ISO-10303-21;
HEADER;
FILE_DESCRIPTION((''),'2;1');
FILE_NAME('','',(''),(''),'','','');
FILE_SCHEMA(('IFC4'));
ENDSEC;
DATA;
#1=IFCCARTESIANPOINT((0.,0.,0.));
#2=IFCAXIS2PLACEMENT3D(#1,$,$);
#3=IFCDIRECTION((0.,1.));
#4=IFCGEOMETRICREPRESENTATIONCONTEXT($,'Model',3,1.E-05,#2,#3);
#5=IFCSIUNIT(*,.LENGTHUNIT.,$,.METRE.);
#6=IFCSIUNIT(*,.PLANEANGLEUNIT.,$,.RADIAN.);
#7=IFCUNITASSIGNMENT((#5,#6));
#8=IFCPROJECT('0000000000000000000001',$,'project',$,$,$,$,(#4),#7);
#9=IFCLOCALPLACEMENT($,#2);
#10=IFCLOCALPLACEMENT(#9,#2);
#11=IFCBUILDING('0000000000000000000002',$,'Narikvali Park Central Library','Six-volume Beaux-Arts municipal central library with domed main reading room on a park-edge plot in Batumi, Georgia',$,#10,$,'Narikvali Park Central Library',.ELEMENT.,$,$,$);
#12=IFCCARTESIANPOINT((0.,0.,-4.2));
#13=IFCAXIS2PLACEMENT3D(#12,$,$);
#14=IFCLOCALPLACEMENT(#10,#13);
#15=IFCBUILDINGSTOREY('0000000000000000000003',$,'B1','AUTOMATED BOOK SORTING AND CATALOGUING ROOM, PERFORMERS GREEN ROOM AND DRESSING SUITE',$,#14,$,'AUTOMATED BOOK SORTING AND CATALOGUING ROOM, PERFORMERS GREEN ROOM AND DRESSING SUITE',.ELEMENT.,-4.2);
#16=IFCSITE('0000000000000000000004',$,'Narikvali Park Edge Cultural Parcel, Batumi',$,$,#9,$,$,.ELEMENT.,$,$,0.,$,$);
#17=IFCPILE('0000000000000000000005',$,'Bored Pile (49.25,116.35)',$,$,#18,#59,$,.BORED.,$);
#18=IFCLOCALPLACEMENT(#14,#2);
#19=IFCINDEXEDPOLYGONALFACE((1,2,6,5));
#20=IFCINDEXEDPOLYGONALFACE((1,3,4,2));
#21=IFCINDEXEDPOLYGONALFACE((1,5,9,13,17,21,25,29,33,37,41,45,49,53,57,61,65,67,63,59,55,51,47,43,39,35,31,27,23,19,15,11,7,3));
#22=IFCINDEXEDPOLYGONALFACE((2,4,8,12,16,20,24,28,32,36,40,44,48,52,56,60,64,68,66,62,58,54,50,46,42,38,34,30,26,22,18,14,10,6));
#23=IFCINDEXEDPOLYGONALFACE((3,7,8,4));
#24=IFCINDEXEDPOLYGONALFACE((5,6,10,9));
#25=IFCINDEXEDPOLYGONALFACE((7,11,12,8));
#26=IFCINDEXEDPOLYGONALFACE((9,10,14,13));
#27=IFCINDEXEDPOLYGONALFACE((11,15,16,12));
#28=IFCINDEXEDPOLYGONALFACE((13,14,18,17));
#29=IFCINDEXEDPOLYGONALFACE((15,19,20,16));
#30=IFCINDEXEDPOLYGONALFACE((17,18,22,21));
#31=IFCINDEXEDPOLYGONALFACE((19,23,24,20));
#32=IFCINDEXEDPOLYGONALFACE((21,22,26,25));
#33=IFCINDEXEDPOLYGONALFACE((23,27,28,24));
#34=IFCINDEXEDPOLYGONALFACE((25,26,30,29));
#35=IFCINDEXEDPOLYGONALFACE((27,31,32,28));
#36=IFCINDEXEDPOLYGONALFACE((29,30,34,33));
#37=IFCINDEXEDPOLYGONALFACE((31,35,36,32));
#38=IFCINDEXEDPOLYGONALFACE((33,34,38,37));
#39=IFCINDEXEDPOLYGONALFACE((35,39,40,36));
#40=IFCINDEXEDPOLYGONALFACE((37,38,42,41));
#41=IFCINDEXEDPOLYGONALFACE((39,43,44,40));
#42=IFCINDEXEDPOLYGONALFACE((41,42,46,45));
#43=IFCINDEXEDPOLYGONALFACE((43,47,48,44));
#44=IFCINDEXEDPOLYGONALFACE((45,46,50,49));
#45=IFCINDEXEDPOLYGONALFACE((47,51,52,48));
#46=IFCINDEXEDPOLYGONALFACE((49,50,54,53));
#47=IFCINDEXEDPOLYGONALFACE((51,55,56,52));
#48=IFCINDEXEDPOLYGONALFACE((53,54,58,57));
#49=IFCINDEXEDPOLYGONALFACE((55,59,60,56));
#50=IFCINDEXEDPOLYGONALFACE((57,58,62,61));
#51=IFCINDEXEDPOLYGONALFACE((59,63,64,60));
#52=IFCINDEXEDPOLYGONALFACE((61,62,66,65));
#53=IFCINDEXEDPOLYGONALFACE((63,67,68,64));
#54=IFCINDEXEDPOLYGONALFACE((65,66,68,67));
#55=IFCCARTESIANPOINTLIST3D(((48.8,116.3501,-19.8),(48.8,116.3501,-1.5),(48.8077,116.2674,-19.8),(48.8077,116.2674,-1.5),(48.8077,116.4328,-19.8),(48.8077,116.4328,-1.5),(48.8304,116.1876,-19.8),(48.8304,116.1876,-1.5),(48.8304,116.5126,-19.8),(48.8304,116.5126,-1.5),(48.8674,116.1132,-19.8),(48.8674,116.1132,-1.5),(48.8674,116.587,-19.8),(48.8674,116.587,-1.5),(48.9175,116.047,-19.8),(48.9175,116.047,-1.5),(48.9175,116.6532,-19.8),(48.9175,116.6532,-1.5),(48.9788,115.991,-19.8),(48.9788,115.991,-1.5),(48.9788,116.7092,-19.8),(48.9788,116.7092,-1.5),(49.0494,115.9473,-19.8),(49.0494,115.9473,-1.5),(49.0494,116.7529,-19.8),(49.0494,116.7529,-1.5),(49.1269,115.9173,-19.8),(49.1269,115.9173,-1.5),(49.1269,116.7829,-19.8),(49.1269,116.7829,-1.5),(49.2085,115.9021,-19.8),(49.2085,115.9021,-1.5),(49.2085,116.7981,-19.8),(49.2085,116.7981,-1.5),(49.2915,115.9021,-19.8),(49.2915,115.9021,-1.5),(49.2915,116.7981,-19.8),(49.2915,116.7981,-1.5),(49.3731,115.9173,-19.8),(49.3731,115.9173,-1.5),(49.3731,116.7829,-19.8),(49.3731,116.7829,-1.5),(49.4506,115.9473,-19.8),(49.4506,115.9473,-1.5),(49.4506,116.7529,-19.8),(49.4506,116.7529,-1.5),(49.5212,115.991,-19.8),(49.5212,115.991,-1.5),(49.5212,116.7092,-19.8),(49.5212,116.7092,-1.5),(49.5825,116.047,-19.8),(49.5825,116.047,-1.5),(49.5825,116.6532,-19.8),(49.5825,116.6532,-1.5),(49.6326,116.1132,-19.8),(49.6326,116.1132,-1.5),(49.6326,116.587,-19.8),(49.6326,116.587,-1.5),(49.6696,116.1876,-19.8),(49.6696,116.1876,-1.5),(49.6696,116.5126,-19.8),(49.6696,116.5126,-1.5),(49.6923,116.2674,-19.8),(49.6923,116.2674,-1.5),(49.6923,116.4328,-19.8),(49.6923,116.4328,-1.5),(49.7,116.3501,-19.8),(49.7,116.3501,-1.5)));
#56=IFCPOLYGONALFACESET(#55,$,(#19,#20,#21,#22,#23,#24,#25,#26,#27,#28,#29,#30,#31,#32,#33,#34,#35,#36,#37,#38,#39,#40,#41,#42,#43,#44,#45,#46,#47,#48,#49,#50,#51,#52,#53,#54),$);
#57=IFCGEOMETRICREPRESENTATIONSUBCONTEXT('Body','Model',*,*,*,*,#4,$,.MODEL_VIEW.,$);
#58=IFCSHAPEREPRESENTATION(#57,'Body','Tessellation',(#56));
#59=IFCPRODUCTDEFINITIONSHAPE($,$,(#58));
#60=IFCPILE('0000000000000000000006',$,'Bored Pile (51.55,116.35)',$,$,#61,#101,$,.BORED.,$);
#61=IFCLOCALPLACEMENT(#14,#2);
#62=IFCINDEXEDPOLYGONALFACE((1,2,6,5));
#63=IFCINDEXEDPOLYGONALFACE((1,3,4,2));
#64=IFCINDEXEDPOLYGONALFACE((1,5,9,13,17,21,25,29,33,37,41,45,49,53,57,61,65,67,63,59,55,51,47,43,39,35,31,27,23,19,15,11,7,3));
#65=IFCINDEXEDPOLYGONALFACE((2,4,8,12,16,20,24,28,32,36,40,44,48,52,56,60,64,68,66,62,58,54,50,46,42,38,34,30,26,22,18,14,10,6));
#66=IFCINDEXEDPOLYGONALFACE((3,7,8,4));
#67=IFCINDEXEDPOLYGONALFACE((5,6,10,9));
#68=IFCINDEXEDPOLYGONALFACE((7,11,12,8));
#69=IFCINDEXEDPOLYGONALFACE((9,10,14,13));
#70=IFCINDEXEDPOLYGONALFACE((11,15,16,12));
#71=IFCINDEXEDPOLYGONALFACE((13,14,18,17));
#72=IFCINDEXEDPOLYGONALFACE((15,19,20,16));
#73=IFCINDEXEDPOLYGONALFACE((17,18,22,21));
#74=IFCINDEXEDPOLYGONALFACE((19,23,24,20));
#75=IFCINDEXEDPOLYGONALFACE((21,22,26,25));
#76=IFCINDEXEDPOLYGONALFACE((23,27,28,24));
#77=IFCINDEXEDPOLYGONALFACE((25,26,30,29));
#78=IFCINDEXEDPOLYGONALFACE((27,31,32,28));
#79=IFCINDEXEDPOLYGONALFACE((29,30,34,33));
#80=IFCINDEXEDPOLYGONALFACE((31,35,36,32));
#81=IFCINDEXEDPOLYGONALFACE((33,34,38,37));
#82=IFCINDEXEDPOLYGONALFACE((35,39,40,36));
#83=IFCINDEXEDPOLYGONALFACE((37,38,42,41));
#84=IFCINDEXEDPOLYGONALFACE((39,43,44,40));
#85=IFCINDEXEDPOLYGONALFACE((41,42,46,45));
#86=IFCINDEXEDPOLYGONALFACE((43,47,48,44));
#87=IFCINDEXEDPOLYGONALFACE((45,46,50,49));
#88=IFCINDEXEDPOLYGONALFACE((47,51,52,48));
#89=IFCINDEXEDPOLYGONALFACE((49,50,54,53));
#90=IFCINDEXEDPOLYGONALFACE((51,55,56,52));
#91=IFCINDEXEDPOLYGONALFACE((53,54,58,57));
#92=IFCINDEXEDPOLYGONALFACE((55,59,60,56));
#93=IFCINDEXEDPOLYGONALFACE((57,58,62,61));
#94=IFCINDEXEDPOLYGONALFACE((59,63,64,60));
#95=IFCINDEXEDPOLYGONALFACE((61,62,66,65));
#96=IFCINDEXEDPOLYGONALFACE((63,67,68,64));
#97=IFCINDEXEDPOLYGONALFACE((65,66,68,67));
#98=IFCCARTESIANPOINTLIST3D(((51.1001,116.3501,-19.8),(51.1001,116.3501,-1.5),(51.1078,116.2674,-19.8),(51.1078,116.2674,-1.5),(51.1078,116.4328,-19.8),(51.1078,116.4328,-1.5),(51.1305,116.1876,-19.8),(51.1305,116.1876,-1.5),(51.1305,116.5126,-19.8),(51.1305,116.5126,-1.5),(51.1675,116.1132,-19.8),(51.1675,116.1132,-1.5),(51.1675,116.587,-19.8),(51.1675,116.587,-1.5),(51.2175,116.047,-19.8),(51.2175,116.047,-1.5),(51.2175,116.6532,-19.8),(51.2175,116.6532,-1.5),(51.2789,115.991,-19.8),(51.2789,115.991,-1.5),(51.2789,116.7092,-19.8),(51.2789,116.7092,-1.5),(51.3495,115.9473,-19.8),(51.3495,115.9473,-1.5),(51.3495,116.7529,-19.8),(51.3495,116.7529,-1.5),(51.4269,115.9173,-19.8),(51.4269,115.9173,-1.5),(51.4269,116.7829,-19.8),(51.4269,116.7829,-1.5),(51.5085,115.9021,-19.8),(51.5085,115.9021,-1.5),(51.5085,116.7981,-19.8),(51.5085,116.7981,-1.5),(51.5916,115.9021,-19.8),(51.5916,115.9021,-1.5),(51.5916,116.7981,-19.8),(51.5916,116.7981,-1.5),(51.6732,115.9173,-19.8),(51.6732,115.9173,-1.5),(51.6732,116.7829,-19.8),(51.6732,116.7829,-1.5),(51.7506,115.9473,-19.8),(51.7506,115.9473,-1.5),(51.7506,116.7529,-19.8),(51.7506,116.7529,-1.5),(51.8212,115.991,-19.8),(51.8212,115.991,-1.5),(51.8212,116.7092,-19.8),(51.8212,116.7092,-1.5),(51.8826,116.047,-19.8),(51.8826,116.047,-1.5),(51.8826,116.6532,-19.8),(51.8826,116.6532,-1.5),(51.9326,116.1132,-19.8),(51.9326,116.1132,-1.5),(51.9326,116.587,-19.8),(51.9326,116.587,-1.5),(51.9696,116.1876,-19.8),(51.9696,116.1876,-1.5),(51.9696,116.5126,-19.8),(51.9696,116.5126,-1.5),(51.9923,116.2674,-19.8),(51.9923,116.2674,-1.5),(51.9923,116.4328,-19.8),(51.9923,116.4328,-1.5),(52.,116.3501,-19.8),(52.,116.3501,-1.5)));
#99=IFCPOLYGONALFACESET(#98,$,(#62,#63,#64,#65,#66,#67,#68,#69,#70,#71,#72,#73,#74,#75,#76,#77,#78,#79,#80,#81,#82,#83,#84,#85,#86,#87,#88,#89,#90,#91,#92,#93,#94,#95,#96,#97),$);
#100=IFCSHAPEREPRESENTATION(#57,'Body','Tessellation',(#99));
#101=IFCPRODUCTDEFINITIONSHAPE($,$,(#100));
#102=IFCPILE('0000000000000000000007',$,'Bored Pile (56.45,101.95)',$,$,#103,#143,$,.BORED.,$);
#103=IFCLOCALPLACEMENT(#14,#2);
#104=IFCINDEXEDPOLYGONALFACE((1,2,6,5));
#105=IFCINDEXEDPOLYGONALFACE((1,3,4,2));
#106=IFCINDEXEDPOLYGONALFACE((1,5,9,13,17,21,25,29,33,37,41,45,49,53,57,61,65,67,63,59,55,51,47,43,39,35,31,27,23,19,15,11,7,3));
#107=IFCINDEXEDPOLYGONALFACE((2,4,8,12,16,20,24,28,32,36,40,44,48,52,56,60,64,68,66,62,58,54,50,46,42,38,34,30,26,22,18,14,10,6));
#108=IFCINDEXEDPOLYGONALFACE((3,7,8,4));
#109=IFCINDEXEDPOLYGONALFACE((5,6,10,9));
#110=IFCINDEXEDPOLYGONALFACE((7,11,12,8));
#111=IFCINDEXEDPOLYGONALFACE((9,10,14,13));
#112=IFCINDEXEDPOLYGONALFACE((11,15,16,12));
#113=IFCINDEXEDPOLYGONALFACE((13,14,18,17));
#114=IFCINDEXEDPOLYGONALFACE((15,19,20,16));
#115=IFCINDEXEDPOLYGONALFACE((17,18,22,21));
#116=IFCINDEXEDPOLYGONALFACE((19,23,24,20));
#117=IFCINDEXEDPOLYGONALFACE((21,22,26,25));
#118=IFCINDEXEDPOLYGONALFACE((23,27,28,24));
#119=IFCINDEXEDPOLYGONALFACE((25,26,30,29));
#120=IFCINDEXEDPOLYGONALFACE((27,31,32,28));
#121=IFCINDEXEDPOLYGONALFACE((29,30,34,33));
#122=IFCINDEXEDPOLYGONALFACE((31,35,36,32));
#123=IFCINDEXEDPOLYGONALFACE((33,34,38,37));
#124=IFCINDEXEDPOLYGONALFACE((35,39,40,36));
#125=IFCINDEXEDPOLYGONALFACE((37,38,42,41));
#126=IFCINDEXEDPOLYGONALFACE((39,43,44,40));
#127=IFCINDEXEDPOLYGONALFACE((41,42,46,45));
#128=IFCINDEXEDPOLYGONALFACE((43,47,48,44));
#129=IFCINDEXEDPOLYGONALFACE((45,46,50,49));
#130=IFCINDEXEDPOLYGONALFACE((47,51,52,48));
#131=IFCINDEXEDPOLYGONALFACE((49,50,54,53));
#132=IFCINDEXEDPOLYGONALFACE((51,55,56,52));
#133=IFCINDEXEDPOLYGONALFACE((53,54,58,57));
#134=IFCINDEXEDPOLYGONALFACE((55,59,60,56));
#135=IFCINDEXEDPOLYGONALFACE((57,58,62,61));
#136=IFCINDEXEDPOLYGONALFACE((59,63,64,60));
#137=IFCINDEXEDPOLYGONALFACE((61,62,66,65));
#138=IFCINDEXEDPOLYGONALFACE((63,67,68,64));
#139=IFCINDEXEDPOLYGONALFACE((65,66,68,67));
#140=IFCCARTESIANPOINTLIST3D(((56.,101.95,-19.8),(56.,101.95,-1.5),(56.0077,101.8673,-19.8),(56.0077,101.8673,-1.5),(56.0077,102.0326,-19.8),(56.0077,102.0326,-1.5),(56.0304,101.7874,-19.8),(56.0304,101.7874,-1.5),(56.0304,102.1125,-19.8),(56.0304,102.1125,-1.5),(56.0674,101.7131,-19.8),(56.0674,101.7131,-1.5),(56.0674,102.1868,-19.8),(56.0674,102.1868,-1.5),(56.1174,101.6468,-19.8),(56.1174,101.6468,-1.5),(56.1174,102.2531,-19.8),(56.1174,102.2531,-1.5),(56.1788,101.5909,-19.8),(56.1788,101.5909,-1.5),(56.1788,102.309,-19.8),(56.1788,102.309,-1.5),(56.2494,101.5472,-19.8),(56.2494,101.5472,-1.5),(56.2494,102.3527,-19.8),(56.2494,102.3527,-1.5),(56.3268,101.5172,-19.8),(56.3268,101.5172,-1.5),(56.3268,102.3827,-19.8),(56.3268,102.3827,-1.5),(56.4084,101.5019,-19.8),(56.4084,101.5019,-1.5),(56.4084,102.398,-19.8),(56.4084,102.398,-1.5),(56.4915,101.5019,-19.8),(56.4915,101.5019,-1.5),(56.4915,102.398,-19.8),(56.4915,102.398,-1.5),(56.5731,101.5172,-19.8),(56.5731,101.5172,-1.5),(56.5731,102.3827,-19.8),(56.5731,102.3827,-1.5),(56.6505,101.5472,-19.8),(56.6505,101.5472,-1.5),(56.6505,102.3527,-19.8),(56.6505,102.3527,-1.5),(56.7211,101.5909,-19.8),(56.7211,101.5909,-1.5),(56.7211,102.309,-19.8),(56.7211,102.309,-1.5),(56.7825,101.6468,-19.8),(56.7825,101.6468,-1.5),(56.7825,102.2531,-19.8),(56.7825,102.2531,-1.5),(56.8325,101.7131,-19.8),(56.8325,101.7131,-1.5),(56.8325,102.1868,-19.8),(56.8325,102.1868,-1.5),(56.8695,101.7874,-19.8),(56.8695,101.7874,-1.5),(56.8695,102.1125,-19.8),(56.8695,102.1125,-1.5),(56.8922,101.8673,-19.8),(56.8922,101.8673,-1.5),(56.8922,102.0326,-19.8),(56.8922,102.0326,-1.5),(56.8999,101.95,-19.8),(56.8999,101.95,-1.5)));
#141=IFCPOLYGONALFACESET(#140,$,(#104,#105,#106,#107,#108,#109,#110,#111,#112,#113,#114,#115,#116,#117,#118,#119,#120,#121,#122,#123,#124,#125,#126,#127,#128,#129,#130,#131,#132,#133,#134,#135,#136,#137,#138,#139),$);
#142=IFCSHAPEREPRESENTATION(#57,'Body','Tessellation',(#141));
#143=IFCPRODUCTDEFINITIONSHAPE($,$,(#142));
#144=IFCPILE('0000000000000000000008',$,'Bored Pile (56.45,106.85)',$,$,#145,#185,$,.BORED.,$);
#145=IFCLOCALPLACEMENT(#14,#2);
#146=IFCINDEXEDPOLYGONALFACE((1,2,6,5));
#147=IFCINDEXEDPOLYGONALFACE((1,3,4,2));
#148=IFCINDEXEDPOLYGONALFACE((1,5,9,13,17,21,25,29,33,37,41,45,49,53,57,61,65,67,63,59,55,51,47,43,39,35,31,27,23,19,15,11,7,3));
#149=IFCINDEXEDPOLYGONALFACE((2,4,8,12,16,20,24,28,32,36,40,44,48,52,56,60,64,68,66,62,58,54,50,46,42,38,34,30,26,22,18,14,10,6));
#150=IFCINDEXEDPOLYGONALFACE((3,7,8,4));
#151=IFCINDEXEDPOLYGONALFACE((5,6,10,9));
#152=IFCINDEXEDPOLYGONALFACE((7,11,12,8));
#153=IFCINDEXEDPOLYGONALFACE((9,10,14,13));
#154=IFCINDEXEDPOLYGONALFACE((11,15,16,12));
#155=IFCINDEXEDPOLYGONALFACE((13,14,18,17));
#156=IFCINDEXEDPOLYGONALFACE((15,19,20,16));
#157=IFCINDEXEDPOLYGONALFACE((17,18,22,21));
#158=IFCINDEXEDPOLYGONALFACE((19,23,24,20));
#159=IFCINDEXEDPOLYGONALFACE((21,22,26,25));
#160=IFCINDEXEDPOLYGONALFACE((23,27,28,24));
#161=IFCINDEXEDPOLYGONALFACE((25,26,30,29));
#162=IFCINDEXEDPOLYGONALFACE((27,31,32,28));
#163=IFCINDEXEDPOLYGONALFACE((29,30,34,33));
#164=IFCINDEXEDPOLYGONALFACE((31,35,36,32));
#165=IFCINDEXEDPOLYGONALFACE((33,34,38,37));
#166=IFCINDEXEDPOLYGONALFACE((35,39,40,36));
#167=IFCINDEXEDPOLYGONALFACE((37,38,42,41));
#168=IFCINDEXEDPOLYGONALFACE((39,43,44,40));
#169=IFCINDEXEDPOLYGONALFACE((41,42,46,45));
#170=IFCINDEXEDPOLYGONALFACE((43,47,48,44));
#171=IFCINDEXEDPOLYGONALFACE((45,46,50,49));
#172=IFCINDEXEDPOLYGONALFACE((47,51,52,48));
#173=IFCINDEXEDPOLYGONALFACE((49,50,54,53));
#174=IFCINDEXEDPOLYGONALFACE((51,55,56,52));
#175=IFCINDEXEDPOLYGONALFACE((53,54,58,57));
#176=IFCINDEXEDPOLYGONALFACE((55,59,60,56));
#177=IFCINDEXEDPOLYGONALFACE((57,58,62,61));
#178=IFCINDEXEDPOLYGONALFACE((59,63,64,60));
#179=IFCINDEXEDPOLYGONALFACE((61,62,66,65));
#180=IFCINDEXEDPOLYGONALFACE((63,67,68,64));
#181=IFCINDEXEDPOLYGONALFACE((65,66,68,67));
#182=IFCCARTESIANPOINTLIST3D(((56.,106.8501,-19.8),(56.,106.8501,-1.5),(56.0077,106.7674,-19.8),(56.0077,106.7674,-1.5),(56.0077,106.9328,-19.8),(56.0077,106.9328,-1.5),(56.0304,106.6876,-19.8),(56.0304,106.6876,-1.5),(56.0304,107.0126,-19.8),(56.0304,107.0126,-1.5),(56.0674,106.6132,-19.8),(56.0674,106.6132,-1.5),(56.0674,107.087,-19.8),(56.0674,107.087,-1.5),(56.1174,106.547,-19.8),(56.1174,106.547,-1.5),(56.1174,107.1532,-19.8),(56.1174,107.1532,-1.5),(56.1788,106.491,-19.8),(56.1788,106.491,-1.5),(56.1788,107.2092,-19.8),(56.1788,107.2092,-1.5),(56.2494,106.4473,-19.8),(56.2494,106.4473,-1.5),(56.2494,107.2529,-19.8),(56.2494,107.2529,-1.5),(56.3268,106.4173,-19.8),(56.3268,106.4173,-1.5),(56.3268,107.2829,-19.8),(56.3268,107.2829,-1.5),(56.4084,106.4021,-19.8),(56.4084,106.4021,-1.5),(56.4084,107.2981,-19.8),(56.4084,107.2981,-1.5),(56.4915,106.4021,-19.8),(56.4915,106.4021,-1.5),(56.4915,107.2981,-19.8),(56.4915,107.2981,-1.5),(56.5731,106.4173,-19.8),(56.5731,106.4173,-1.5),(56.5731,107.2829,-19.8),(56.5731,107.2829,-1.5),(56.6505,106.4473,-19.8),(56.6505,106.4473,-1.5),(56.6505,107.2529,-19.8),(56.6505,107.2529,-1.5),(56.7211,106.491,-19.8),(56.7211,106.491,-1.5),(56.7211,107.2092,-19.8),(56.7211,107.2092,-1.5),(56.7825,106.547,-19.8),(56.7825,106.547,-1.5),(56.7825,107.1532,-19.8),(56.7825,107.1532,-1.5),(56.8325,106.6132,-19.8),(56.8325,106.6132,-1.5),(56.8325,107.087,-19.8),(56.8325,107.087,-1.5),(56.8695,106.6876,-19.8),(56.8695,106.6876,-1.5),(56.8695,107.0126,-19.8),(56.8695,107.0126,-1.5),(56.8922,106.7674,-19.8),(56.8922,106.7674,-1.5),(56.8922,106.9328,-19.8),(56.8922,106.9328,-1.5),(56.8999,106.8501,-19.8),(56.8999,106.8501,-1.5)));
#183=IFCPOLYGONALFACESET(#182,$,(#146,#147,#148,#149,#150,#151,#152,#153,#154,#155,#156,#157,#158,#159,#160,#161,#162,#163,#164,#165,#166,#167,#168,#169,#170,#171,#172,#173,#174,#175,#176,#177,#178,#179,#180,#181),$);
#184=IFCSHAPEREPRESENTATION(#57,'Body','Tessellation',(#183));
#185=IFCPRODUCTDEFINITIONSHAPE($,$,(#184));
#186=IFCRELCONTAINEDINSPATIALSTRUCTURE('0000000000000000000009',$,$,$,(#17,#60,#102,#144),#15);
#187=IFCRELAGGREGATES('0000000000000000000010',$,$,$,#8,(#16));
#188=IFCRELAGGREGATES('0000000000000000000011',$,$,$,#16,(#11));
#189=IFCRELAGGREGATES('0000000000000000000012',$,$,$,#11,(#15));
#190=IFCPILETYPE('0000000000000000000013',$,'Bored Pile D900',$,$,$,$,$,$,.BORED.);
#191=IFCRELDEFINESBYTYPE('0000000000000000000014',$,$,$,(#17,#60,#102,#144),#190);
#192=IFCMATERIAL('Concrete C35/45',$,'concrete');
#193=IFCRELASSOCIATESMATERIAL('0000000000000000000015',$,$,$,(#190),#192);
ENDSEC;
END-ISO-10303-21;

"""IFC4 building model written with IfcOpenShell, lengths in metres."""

from ifc_helpers import new_model, si_unit, direction, frame, origin, origin_2d, place, context, subcontext, project, spatial, circle, extrude, material, material_profile, profile_set, type_object, element, save


model = new_model("IFC4")

# Units and contexts
model_context = context("Model", 3, precision=1e-05, world=origin(), true_north=direction((0.0, 1.0)))
body_context = subcontext(model_context, "Body", "Model", "MODEL_VIEW")
ifc_project = project(units=[si_unit("LENGTHUNIT", "METRE"), si_unit("PLANEANGLEUNIT", "RADIAN")], contexts=[model_context])

# Site, building, storey
site_placement = place(None, origin())
site = spatial("IfcSite", under=ifc_project, at=site_placement, Name="Narikvali Park Edge Cultural Parcel, Batumi", CompositionType="ELEMENT", RefElevation=0.0)
building_placement = place(site_placement, origin())
building = spatial("IfcBuilding", under=site, at=building_placement, Name="Narikvali Park Central Library", Description="Six-volume Beaux-Arts municipal central library with domed main reading room on a park-edge plot in Batumi, Georgia", LongName="Narikvali Park Central Library", CompositionType="ELEMENT")
storey_placement = place(building_placement, frame((0.0, 0.0, -4.2)))
storey = spatial("IfcBuildingStorey", under=building, at=storey_placement, Name="B1", Description="AUTOMATED BOOK SORTING AND CATALOGUING ROOM, PERFORMERS GREEN ROOM AND DRESSING SUITE", LongName="AUTOMATED BOOK SORTING AND CATALOGUING ROOM, PERFORMERS GREEN ROOM AND DRESSING SUITE", CompositionType="ELEMENT", Elevation=-4.2)

# Piles
ifc_material_1 = material(Name="Concrete C35/45", Category="concrete")
ifc_material_profile_1 = material_profile(ifc_material_1, circle(Radius=0.45, at=origin_2d()), Name="PILE D900")
ifc_profile_set_1 = profile_set([ifc_material_profile_1], Name="Concrete C35/45")
pile_type = type_object("IfcPileType", Name="Bored Pile D900", PredefinedType="BORED", material=ifc_profile_set_1)
for number, where, z_axis, x_axis, name in (
    (1, (49.25, 116.3501, -1.5), (0.0, 0.0, -1.0), (1.0, 0.0, 0.0), "Bored Pile (49.25,116.35)"),
    (2, (51.55, 116.3501, -1.5), (0.0, 0.0, -1.0), (1.0, 0.0, 0.0), "Bored Pile (51.55,116.35)"),
    (3, (56.45, 101.95, -1.5), (0.0, 0.0, -1.0), (1.0, 0.0, 0.0), "Bored Pile (56.45,101.95)"),
    (4, (56.45, 106.8501, -1.5), (0.0, 0.0, -1.0), (1.0, 0.0, 0.0), "Bored Pile (56.45,106.85)"),
):
    element("IfcPile", number, at=place(storey_placement, frame(where, z_axis=z_axis, x_axis=x_axis)), inside=storey, type_object=pile_type, Name=name, PredefinedType="BORED", context=body_context, shape_type="SweptSolid", body=[
        extrude(circle(Radius=0.45, at=origin_2d()), origin(), (0.0, 0.0, 1.0), 18.3),
    ])

save(model, "model.ifc")
